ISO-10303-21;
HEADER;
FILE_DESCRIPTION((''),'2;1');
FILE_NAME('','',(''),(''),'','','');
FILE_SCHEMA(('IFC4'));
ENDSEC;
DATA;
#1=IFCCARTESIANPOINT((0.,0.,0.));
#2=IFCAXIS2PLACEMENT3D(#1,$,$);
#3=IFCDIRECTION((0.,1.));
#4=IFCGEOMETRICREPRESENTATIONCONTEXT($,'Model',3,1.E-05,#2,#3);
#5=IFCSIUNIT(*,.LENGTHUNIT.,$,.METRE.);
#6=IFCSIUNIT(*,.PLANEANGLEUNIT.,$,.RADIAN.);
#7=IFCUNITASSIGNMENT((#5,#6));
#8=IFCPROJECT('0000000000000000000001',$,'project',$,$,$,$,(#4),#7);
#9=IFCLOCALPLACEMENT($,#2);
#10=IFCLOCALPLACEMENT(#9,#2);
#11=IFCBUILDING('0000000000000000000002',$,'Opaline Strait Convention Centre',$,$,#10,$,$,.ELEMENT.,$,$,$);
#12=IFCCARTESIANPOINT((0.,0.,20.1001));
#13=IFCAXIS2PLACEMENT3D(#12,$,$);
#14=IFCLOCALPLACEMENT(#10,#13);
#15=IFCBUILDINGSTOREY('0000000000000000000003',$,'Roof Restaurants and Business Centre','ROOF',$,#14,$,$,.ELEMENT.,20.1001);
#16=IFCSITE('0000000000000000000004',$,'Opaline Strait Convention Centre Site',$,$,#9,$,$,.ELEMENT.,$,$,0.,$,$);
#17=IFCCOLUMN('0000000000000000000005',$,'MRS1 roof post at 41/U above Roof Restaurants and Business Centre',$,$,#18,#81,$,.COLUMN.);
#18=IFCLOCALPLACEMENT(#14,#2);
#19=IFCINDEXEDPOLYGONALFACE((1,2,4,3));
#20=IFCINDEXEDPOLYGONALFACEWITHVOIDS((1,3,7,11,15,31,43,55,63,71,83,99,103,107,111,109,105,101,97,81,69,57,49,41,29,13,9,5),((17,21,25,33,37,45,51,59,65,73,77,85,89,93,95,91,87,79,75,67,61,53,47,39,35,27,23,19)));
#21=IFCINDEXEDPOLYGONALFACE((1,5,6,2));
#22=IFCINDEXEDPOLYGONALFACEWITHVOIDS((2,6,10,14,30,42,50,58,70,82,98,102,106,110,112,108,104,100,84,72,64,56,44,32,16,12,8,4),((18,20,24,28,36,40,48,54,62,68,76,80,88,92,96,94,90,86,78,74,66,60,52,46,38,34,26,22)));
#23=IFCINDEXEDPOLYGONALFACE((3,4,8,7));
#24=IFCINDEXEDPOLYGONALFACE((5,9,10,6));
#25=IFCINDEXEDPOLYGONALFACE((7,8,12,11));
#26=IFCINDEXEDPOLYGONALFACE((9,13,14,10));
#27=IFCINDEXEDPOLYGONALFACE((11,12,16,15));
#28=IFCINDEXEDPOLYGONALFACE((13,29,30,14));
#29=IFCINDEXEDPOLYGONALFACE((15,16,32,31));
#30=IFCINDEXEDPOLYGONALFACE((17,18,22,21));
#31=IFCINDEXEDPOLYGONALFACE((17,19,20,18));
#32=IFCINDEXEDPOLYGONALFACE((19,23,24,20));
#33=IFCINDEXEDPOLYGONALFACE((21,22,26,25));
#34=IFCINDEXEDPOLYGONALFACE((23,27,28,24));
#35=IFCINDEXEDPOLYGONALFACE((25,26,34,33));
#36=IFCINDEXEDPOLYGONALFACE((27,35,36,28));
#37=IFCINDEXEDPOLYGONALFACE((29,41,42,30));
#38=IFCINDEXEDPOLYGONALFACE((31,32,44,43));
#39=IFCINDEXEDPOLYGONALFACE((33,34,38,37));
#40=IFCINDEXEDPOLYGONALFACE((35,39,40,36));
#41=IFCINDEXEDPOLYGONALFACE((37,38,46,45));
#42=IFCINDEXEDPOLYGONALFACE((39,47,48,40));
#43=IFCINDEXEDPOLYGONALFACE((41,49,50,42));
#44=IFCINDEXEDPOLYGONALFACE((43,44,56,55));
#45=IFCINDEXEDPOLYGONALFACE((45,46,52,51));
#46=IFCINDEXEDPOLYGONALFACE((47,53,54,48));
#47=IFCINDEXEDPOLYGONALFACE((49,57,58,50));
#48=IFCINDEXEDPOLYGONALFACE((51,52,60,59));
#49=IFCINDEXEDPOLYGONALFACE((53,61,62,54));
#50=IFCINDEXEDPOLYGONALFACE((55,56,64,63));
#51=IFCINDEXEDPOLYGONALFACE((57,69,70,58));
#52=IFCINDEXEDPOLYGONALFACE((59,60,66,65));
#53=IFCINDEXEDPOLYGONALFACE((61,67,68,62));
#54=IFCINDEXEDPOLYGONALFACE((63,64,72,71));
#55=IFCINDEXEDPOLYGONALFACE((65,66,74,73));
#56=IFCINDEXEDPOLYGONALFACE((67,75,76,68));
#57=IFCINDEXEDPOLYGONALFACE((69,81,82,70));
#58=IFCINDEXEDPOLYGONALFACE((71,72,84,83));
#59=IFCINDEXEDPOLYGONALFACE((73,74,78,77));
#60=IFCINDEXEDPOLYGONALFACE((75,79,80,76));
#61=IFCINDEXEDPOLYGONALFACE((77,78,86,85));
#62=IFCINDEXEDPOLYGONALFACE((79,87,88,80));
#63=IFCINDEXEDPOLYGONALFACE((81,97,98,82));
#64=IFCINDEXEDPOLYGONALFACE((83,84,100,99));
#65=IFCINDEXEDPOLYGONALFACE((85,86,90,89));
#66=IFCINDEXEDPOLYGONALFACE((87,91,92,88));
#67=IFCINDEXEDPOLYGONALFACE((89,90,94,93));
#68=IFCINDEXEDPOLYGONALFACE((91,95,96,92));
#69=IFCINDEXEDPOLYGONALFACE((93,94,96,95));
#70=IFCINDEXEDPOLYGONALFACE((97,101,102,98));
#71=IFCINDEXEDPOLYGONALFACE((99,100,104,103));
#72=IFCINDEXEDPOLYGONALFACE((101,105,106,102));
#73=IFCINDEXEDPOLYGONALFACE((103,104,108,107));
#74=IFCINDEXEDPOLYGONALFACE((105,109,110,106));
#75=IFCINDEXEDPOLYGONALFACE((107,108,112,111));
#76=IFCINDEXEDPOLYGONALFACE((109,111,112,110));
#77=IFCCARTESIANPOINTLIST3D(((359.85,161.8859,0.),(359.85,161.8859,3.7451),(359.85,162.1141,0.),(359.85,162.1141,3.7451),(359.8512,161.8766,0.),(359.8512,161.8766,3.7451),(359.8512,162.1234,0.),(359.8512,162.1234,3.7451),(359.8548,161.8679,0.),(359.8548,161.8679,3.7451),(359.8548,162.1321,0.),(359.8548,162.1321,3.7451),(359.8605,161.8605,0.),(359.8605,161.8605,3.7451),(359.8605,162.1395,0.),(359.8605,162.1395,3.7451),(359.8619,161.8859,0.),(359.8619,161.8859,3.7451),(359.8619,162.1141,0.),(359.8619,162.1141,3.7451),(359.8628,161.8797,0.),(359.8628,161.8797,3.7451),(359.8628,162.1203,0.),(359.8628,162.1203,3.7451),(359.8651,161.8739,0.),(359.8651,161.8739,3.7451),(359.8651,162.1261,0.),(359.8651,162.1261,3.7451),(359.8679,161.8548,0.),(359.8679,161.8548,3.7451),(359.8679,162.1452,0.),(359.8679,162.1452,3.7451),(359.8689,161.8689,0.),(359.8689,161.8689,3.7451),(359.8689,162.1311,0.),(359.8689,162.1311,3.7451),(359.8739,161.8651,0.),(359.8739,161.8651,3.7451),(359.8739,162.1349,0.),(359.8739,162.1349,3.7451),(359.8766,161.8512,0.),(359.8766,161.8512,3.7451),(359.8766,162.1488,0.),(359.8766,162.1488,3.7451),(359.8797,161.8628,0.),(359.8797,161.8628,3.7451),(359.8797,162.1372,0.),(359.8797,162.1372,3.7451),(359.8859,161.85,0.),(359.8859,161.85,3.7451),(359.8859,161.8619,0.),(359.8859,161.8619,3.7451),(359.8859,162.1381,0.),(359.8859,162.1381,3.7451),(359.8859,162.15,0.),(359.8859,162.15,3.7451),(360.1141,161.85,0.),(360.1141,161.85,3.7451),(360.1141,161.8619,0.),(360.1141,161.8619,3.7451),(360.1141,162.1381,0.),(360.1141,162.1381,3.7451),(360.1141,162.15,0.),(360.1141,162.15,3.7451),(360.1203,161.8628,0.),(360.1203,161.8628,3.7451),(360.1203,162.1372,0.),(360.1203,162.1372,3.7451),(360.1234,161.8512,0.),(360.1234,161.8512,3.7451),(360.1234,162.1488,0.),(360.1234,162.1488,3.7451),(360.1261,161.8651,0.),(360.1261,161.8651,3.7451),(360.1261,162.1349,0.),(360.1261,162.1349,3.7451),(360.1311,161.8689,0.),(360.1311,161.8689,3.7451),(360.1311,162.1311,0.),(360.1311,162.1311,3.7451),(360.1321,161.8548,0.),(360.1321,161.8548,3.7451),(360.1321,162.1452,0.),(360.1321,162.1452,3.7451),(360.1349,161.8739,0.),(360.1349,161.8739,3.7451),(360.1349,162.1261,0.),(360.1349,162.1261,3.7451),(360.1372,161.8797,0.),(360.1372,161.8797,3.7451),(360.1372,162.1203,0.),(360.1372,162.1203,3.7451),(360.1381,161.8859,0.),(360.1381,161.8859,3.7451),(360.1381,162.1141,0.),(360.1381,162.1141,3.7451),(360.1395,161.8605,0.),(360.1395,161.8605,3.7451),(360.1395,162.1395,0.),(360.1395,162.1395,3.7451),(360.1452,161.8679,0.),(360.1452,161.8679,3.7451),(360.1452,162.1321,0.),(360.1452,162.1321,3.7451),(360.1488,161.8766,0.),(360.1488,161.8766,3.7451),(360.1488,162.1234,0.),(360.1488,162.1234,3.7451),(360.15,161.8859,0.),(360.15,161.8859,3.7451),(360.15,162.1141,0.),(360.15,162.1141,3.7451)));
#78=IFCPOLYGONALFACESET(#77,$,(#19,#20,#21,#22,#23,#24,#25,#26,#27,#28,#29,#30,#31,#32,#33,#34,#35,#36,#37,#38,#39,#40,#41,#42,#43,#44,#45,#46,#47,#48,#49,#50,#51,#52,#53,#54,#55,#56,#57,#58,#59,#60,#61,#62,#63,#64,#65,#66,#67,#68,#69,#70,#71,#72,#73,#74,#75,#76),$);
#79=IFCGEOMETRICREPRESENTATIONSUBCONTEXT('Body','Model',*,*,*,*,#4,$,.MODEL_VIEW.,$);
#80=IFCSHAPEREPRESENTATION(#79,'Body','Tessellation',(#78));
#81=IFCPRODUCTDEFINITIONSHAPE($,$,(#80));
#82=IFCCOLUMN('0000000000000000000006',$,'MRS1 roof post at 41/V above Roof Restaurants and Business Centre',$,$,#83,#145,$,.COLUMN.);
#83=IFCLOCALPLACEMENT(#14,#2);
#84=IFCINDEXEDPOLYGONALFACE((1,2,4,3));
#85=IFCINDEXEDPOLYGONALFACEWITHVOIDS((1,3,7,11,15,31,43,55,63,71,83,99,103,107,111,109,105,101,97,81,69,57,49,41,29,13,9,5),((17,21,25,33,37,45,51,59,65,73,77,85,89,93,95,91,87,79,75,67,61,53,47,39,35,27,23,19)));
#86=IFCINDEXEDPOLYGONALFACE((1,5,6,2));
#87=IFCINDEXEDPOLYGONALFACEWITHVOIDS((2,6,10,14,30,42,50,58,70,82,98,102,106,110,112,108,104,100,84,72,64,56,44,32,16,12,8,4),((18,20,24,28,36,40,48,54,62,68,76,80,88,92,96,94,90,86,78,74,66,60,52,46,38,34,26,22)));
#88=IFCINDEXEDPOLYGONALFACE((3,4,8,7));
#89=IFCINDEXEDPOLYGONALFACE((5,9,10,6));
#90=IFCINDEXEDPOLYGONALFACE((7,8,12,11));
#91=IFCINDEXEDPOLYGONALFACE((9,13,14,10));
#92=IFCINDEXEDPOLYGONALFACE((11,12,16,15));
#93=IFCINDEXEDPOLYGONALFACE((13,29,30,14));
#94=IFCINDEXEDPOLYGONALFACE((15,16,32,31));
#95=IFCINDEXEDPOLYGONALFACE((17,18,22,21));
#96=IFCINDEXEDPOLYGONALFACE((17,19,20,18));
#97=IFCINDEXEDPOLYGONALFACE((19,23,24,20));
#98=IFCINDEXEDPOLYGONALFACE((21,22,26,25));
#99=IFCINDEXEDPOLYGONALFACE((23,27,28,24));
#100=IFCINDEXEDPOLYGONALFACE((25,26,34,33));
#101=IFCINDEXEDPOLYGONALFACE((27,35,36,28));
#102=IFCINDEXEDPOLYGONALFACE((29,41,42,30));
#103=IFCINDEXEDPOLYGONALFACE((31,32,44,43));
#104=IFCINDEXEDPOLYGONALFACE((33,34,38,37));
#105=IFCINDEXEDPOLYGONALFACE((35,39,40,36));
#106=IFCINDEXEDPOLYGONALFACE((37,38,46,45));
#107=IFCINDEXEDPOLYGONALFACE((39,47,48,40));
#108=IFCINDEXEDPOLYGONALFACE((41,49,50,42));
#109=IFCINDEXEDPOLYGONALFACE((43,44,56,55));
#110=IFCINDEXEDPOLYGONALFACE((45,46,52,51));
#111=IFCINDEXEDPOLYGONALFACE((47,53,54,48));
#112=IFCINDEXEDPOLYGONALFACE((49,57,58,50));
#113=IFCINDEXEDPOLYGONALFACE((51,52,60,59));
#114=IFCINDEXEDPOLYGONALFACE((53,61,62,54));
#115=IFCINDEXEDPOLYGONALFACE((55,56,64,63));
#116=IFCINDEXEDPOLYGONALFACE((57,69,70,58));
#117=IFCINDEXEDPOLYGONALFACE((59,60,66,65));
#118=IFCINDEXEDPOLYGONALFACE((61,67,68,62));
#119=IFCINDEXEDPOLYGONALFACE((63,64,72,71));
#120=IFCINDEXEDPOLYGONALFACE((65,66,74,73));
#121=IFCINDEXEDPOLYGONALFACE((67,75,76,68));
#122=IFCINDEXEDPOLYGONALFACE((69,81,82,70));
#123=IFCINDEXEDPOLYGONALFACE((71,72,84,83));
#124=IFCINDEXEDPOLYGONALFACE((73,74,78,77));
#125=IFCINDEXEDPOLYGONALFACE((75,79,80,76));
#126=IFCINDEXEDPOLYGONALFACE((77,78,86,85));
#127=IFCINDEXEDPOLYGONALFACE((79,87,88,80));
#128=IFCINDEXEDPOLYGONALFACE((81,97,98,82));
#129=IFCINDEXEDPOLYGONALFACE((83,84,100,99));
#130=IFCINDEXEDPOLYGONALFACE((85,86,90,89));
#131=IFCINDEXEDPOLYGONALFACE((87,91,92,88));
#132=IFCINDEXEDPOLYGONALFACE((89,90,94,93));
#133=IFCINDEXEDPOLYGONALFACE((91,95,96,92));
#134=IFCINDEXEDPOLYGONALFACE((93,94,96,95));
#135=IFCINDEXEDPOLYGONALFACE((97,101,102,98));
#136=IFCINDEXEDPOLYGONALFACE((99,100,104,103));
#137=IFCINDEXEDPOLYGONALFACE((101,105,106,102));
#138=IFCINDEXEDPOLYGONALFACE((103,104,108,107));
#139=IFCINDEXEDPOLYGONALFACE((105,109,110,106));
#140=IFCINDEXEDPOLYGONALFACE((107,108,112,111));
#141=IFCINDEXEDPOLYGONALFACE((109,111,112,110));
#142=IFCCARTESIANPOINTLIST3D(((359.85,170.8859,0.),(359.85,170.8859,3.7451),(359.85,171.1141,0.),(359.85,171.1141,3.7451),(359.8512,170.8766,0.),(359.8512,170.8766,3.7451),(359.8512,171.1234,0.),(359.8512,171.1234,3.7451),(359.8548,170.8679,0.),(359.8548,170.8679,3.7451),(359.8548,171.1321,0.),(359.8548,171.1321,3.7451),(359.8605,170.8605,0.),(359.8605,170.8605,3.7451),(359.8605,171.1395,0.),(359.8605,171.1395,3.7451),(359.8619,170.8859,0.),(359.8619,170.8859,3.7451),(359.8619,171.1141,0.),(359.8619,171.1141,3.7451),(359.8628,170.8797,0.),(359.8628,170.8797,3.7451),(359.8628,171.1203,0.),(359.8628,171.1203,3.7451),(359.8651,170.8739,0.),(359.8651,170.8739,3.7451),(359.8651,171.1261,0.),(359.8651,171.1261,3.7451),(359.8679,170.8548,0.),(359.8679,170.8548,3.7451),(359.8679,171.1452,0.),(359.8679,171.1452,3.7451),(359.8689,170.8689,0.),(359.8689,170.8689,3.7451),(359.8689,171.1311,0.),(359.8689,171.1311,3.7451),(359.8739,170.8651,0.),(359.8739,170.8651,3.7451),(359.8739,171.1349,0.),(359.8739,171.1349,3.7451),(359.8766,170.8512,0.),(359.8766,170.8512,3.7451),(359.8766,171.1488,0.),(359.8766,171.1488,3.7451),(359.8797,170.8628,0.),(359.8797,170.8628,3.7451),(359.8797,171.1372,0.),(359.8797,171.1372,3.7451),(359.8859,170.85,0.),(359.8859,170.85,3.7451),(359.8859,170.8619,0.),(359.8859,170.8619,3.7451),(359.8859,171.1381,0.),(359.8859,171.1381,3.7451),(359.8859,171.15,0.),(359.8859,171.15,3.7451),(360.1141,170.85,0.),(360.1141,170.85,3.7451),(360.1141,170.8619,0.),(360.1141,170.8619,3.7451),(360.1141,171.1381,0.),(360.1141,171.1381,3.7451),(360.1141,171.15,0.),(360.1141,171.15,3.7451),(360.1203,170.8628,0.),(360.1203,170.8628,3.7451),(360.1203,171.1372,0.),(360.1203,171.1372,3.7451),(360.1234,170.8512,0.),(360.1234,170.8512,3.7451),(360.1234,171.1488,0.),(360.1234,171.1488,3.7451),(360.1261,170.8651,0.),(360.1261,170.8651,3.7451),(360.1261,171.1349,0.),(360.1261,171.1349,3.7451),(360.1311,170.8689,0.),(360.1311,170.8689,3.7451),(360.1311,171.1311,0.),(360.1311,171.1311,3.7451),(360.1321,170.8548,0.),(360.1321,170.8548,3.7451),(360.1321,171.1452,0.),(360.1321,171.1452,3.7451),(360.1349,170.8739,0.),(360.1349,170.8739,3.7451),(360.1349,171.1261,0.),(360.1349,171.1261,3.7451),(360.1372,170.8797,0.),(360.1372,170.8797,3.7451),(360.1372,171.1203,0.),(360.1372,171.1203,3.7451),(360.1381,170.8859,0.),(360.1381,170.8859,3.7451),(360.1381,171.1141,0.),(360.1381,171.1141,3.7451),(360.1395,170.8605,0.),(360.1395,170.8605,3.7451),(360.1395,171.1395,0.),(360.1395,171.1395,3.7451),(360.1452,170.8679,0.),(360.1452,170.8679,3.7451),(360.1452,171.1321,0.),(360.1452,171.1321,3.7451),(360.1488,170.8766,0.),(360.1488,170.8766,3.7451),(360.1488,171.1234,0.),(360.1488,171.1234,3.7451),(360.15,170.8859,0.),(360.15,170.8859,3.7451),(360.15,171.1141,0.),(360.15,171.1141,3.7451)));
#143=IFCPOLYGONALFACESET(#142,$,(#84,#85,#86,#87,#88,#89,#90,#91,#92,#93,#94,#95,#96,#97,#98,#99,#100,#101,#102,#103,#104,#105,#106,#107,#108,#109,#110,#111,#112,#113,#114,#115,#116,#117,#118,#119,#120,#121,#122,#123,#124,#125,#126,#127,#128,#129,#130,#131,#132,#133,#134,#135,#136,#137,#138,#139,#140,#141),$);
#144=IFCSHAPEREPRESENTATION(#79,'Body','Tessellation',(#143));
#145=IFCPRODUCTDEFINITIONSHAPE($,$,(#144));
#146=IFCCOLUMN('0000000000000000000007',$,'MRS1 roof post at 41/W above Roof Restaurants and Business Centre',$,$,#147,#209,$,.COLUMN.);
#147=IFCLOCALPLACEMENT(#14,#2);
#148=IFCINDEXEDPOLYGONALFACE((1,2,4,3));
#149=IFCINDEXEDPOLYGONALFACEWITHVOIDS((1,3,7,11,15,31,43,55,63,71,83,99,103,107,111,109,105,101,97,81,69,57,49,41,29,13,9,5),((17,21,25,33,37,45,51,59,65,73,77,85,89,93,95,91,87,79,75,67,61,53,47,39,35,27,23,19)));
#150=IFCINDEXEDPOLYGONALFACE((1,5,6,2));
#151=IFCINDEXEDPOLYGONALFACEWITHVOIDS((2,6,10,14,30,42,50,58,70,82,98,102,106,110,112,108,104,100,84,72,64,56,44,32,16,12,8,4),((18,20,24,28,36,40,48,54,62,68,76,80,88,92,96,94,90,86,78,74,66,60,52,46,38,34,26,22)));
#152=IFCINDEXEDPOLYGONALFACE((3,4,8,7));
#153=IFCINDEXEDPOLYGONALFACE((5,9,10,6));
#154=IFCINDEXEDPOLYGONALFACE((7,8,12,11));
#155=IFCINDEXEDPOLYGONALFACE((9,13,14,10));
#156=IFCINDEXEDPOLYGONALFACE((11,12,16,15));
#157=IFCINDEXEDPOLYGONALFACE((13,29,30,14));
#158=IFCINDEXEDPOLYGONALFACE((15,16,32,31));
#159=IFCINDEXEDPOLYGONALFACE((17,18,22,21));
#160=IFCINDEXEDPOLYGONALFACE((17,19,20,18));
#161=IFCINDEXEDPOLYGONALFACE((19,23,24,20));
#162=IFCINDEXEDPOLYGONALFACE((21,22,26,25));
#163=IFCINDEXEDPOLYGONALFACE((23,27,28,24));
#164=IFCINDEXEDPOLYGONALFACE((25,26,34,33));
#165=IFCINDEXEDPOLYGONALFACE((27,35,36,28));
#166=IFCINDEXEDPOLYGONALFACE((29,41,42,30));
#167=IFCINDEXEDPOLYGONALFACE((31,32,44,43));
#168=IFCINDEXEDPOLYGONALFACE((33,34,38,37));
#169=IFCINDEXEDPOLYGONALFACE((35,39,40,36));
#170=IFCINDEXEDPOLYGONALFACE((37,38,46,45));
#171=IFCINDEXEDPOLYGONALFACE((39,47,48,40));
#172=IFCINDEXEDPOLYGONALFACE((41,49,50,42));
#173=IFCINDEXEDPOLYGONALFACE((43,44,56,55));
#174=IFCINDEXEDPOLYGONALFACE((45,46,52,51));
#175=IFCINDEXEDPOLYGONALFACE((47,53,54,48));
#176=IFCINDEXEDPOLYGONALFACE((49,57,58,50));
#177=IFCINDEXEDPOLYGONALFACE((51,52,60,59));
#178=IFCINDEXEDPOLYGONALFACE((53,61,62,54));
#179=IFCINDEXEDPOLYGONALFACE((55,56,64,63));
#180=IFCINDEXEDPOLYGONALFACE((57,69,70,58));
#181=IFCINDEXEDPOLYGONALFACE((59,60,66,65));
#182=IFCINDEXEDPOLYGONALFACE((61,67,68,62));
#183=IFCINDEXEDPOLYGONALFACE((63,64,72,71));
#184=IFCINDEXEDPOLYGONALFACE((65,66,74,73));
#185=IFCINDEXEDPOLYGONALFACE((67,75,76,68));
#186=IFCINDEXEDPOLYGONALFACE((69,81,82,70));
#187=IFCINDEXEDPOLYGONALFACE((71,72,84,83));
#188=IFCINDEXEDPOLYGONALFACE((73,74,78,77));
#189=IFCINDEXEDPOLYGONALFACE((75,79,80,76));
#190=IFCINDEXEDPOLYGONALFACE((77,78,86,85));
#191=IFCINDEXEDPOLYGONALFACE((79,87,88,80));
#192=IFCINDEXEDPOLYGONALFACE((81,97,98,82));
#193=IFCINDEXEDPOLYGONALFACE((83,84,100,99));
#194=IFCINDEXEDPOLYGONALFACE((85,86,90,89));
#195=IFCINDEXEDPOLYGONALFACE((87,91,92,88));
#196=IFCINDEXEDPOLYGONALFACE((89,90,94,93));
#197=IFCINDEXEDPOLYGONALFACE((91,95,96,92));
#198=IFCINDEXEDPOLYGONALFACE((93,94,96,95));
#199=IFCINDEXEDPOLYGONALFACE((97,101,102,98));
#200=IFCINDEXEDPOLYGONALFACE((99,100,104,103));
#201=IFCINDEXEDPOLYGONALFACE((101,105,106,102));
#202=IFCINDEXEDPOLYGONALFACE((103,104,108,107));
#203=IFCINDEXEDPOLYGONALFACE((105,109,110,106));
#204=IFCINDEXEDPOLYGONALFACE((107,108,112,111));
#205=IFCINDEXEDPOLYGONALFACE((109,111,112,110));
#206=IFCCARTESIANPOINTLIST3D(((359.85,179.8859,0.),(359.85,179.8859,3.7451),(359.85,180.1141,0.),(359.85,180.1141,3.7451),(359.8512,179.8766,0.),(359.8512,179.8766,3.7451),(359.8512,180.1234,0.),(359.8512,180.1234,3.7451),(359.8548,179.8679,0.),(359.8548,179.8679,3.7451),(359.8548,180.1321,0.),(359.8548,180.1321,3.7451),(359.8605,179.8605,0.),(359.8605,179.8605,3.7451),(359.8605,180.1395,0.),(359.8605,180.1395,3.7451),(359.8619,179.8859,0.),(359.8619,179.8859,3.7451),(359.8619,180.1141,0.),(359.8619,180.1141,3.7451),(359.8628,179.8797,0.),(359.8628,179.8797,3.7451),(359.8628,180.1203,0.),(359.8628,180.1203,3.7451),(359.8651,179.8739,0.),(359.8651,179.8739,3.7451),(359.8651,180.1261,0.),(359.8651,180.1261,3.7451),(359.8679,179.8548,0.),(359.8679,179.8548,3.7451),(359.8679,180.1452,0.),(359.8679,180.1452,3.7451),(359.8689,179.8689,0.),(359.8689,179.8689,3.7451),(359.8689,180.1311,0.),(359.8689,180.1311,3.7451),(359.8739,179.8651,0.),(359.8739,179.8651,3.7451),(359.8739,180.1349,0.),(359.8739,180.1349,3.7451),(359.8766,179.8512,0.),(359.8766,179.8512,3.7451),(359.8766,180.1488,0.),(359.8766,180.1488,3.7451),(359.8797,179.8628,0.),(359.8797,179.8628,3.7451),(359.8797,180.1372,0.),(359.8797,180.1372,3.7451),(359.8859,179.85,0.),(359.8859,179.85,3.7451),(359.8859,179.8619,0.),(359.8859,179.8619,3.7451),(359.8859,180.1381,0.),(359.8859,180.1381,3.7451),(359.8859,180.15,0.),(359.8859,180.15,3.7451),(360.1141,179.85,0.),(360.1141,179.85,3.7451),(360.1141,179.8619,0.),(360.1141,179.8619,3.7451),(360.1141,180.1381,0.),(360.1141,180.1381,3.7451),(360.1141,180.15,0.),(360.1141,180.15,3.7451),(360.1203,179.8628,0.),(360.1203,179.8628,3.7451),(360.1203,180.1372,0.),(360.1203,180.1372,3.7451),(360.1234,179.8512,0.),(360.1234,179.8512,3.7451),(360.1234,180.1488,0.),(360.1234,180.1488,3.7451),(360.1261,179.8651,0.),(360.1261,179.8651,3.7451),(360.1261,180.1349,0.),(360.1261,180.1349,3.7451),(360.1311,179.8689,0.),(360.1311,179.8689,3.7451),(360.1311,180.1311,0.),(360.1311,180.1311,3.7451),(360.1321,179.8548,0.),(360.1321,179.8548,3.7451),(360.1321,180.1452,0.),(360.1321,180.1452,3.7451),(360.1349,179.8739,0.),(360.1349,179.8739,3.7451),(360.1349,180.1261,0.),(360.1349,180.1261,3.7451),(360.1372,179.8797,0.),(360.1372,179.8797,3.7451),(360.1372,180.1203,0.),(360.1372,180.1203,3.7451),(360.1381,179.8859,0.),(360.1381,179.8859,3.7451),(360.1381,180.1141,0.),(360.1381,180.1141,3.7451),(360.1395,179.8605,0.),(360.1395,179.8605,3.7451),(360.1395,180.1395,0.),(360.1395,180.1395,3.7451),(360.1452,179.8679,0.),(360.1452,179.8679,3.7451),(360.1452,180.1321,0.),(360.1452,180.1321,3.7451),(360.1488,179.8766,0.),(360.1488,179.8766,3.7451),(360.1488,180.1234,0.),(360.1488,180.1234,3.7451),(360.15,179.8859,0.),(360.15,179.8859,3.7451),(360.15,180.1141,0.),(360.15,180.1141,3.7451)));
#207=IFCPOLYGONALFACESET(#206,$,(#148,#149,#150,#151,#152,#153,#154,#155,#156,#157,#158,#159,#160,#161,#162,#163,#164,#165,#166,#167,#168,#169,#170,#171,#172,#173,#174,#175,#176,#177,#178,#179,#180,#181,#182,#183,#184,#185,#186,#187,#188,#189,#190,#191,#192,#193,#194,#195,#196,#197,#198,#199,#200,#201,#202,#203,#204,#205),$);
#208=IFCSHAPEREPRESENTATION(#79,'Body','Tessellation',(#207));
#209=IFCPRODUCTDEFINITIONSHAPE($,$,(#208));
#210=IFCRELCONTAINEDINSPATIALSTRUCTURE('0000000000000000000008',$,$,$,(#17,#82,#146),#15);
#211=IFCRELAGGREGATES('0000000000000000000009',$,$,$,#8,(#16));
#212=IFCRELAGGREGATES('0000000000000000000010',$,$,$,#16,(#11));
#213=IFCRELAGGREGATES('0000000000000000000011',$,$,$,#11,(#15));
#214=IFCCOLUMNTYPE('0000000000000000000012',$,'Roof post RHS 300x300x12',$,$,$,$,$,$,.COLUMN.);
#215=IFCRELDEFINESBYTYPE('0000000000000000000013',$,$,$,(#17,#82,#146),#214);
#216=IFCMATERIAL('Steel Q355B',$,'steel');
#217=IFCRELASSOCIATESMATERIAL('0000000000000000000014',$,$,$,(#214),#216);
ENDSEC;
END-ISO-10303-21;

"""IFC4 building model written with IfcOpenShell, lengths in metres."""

from ifc_helpers import new_model, si_unit, direction, frame, origin, origin_2d, place, context, subcontext, project, spatial, hollow_rectangle, extrude, material, material_profile, profile_set, type_object, element, save


model = new_model("IFC4")

# Units and contexts
model_context = context("Model", 3, precision=1e-05, world=origin(), true_north=direction((0.0, 1.0)))
body_context = subcontext(model_context, "Body", "Model", "MODEL_VIEW")
ifc_project = project(units=[si_unit("LENGTHUNIT", "METRE"), si_unit("PLANEANGLEUNIT", "RADIAN")], contexts=[model_context])

# Site, building, storey
site_placement = place(None, origin())
site = spatial("IfcSite", under=ifc_project, at=site_placement, Name="Opaline Strait Convention Centre Site", CompositionType="ELEMENT", RefElevation=0.0)
building_placement = place(site_placement, origin())
building = spatial("IfcBuilding", under=site, at=building_placement, Name="Opaline Strait Convention Centre", CompositionType="ELEMENT")
storey_placement = place(building_placement, frame((0.0, 0.0, 20.1001)))
storey = spatial("IfcBuildingStorey", under=building, at=storey_placement, Name="Roof Restaurants and Business Centre", Description="ROOF", CompositionType="ELEMENT", Elevation=20.1001)

# Columns
ifc_material = material(Name="Steel Q355B", Category="steel")
ifc_material_profile = material_profile(ifc_material, hollow_rectangle(XDim=0.3, YDim=0.3, WallThickness=0.012, InnerFilletRadius=0.0239, OuterFilletRadius=0.0359, at=origin_2d()), Name="RHS 300x300x12")
ifc_profile_set = profile_set([ifc_material_profile], Name="Steel Q355B")
column_type = type_object("IfcColumnType", Name="Roof post RHS 300x300x12", PredefinedType="COLUMN", material=ifc_profile_set)
for number, where, z_axis, x_axis, name in (
    (1, (360.0, 162.0, 0.0), (0.0, 0.0, 1.0), (1.0, 0.0, 0.0), "MRS1 roof post at 41/U above Roof Restaurants and Business Centre"),
    (2, (360.0, 171.0, 0.0), (0.0, 0.0, 1.0), (1.0, 0.0, 0.0), "MRS1 roof post at 41/V above Roof Restaurants and Business Centre"),
    (3, (360.0, 180.0, 0.0), (0.0, 0.0, 1.0), (1.0, 0.0, 0.0), "MRS1 roof post at 41/W above Roof Restaurants and Business Centre"),
):
    element("IfcColumn", number, at=place(storey_placement, frame(where, z_axis=z_axis, x_axis=x_axis)), inside=storey, type_object=column_type, Name=name, PredefinedType="COLUMN", context=body_context, shape_type="SweptSolid", body=[
        extrude(hollow_rectangle(XDim=0.3, YDim=0.3, WallThickness=0.012, InnerFilletRadius=0.0239, OuterFilletRadius=0.0359, at=origin_2d()), origin(), (0.0, 0.0, 1.0), 3.7451),
    ])

save(model, "model.ifc")
